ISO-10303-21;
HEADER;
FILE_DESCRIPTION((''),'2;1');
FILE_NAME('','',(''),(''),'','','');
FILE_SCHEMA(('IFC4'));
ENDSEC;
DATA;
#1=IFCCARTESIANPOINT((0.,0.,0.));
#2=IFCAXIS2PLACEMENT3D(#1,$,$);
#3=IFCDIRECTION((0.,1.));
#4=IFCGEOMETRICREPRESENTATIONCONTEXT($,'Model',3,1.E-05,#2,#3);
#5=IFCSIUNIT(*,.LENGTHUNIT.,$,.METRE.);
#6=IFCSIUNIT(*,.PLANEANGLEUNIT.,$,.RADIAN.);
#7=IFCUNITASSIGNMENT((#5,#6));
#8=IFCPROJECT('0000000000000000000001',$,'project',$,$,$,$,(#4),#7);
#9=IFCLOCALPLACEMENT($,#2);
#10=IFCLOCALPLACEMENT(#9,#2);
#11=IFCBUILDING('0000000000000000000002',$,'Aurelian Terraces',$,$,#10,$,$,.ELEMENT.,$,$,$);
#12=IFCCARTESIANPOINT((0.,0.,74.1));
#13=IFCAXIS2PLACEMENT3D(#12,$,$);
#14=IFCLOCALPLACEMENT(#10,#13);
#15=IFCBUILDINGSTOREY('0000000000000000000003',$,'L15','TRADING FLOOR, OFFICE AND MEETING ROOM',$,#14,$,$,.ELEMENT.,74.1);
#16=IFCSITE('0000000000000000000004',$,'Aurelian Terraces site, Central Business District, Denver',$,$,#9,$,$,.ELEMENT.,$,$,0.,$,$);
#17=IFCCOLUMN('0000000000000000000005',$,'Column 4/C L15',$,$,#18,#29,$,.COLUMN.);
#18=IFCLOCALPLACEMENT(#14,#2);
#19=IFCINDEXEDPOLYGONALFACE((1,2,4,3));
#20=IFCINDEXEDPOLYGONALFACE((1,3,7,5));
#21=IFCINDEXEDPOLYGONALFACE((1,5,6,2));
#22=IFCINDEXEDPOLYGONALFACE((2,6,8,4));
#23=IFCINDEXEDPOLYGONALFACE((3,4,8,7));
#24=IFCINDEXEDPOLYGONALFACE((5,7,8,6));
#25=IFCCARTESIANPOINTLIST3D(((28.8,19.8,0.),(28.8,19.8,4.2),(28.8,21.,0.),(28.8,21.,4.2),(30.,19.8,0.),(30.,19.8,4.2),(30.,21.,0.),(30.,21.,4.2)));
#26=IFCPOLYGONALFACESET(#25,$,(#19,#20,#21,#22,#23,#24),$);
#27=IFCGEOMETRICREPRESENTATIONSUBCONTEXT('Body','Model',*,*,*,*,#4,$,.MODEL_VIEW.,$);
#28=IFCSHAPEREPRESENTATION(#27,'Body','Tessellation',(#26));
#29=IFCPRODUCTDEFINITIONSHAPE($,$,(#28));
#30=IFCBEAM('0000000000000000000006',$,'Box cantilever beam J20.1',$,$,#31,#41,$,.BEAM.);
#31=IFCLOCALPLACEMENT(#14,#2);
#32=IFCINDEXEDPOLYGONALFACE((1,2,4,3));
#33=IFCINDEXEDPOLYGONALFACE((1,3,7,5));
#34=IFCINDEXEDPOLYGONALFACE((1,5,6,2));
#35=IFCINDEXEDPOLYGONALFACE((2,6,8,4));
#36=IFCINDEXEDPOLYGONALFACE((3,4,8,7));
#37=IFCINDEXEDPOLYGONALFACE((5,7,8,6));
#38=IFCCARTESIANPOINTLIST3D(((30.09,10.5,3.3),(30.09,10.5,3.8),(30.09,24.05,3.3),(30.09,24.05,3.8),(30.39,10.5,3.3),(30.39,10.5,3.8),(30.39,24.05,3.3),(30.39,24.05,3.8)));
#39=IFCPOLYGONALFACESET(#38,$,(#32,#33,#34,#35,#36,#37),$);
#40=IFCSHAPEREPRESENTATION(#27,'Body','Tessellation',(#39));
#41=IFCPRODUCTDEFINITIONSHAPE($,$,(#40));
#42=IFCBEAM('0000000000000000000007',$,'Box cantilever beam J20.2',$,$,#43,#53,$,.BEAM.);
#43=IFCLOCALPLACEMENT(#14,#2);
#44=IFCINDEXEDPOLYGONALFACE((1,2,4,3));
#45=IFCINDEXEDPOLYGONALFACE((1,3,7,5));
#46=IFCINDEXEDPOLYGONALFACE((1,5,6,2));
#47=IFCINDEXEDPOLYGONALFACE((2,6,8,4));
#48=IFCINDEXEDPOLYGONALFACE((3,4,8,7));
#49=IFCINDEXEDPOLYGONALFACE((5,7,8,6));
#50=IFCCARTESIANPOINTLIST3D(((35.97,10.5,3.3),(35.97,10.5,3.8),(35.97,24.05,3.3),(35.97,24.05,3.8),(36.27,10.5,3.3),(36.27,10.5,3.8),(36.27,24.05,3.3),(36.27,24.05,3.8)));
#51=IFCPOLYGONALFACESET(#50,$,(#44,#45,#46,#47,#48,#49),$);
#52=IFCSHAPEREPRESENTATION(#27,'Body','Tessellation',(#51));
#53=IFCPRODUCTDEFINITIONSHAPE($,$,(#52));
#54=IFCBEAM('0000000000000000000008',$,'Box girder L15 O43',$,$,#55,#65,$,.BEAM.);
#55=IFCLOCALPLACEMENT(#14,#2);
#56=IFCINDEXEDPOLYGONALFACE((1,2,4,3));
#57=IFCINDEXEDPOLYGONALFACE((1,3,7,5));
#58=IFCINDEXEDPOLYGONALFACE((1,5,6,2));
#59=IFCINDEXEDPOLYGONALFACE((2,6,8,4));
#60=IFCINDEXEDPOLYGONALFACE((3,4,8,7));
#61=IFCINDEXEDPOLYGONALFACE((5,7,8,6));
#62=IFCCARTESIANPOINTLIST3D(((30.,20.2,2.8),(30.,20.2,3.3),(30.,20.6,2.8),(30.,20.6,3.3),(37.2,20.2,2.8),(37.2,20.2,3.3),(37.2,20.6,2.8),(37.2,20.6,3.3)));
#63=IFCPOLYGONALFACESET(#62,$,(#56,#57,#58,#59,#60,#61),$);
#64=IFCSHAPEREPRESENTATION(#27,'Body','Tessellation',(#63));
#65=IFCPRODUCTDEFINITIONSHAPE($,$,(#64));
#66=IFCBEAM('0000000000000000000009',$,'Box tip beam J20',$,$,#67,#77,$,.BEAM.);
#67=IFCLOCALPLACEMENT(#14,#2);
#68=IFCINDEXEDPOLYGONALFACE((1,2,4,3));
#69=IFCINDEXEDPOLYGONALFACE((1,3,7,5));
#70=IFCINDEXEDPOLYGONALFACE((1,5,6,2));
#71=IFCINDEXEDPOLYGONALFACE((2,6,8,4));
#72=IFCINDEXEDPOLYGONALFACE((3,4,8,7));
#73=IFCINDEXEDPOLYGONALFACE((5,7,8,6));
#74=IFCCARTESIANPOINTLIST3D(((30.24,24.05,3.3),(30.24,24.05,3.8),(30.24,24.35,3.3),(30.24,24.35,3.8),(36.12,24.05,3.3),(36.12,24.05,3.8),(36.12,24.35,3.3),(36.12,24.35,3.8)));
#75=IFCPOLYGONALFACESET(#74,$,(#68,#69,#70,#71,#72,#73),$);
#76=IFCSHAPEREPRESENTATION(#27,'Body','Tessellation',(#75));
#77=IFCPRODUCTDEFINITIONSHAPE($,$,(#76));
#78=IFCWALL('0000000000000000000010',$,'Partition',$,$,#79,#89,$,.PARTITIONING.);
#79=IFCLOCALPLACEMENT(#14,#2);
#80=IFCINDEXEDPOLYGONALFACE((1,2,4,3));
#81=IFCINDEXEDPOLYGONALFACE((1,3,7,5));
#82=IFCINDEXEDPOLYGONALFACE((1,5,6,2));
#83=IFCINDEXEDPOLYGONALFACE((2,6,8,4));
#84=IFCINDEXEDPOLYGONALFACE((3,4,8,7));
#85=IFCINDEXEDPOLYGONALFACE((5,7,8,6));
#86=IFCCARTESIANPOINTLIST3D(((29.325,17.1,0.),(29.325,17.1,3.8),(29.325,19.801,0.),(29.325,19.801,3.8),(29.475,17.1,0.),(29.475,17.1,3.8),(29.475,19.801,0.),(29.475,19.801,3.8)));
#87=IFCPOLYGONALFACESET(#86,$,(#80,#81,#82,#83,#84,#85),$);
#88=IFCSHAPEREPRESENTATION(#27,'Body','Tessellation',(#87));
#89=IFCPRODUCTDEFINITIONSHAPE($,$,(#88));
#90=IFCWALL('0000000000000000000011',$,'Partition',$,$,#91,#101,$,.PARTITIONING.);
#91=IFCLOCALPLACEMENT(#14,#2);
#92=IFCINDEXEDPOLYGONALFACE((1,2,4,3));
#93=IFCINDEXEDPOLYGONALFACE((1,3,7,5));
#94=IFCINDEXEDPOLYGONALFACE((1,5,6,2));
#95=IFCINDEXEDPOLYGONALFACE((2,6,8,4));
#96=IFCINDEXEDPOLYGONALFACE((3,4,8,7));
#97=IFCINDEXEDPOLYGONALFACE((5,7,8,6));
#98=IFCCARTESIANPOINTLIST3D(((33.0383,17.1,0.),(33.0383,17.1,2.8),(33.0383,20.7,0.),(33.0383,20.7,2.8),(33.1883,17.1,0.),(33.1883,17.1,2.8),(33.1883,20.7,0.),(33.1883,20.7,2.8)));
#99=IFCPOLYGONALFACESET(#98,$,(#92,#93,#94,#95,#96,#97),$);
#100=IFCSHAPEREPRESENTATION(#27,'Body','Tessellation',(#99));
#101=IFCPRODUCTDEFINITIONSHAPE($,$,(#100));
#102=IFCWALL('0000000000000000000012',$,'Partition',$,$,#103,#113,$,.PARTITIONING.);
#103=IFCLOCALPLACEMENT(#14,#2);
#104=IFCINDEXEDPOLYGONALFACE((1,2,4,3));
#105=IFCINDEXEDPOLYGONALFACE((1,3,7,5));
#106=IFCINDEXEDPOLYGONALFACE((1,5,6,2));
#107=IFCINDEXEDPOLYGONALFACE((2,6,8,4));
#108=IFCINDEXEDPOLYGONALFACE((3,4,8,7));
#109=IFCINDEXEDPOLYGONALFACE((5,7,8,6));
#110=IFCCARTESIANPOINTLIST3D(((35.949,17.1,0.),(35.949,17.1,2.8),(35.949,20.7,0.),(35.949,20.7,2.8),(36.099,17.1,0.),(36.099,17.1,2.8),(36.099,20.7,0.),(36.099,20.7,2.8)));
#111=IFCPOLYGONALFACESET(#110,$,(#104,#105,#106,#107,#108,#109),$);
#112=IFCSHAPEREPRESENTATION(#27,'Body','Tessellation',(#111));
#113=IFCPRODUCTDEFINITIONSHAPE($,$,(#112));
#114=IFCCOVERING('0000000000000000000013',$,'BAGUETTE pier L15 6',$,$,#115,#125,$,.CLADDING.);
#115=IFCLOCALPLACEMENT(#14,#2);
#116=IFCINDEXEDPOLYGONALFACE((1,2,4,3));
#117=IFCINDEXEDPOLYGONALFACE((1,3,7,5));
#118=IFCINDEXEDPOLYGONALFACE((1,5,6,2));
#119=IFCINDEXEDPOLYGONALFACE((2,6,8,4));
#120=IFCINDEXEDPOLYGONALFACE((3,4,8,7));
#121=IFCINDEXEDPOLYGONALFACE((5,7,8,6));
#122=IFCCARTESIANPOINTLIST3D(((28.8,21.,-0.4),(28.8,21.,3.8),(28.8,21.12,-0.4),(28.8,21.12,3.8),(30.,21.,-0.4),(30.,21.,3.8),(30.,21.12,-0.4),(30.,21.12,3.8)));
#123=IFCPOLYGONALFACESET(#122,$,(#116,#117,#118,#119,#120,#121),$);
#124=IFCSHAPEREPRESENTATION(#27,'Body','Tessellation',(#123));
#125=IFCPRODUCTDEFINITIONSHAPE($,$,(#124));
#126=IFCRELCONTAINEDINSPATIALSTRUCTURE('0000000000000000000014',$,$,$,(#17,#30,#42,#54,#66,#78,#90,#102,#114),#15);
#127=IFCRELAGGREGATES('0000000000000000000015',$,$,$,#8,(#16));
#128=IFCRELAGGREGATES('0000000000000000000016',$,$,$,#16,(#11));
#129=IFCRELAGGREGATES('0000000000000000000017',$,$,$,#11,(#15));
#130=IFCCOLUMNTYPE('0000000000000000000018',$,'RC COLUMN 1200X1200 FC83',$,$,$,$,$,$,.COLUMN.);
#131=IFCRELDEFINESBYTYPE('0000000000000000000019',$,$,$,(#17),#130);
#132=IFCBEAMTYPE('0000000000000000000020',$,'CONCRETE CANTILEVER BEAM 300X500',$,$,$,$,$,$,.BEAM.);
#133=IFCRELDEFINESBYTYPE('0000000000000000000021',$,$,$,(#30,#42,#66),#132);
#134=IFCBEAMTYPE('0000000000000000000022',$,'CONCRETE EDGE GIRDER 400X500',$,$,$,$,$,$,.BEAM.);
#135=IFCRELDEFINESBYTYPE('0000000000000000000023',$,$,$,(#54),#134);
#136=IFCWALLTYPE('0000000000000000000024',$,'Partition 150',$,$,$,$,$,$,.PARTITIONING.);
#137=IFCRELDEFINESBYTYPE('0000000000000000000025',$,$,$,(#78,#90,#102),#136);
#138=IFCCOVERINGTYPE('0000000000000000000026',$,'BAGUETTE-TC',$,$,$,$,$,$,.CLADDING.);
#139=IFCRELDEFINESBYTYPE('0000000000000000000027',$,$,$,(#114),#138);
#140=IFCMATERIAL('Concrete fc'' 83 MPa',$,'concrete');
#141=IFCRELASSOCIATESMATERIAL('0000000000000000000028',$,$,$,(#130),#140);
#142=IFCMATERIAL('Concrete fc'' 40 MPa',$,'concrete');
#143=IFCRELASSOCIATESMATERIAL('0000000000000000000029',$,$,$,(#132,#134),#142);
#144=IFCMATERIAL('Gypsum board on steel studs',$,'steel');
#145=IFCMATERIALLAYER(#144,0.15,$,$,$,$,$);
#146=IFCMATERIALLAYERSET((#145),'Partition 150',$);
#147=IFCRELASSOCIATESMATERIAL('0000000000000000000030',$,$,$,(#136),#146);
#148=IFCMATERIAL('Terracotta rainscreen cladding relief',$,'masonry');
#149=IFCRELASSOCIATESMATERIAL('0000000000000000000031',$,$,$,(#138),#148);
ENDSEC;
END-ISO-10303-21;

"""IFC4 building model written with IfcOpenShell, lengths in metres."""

from ifc_helpers import new_model, si_unit, direction, frame, frame_2d, origin, origin_2d, place, context, subcontext, project, spatial, rectangle, extrude, source, transform, mapped, material, layer, layer_set, material_profile, profile_set, type_object, element, save


model = new_model("IFC4")

# Units and contexts
model_context = context("Model", 3, precision=1e-05, world=origin(), true_north=direction((0.0, 1.0)))
body_context = subcontext(model_context, "Body", "Model", "MODEL_VIEW")
ifc_project = project(units=[si_unit("LENGTHUNIT", "METRE"), si_unit("PLANEANGLEUNIT", "RADIAN")], contexts=[model_context])

# Site, building, storey
site_placement = place(None, origin())
site = spatial("IfcSite", under=ifc_project, at=site_placement, Name="Aurelian Terraces site, Central Business District, Denver", CompositionType="ELEMENT", RefElevation=0.0)
building_placement = place(site_placement, origin())
building = spatial("IfcBuilding", under=site, at=building_placement, Name="Aurelian Terraces", CompositionType="ELEMENT")
storey_placement = place(building_placement, frame((0.0, 0.0, 74.1)))
storey = spatial("IfcBuildingStorey", under=building, at=storey_placement, Name="L15", Description="TRADING FLOOR, OFFICE AND MEETING ROOM", CompositionType="ELEMENT", Elevation=74.1)

# Column
ifc_material_1 = material(Name="Concrete fc' 83 MPa", Category="concrete")
ifc_material_profile_1 = material_profile(ifc_material_1, rectangle(XDim=1.2, YDim=1.2, at=origin_2d()))
ifc_profile_set_1 = profile_set([ifc_material_profile_1], Name="Concrete fc' 83 MPa")
column_type = type_object("IfcColumnType", Name="RC COLUMN 1200X1200 FC83", PredefinedType="COLUMN", material=ifc_profile_set_1)
shared_shape_1 = source(origin(), body_context, "Body", "SweptSolid", [
    extrude(rectangle(XDim=1.2, YDim=1.2, at=origin_2d()), origin(), (0.0, 0.0, 1.0), 4.2),
])
column_placement = place(storey_placement, frame((29.4, 20.4, 0.0), z_axis=(0.0, 0.0, 1.0), x_axis=(1.0, 0.0, 0.0)))
element("IfcColumn", 1, at=column_placement, inside=storey, type_object=column_type, Name="Column 4/C L15", PredefinedType="COLUMN", context=body_context, shape_type="MappedRepresentation", body=[
    mapped(shared_shape_1, transform((0.0, 0.0, 0.0), scale=1.0)),
])

# Beams
ifc_material_2 = material(Name="Concrete fc' 40 MPa", Category="concrete")
ifc_material_profile_2 = material_profile(ifc_material_2, rectangle(XDim=0.3, YDim=0.5, at=origin_2d()))
ifc_profile_set_2 = profile_set([ifc_material_profile_2], Name="Concrete fc' 40 MPa")
beam_type_1 = type_object("IfcBeamType", Name="CONCRETE CANTILEVER BEAM 300X500", PredefinedType="BEAM", material=ifc_profile_set_2)
shared_shape_2 = source(origin(), body_context, "Body", "SweptSolid", [
    extrude(rectangle(XDim=0.3, YDim=0.5, at=origin_2d()), origin(), (0.0, 0.0, 1.0), 13.55),
])
for number, where, z_axis, x_axis, name in (
    (2, (30.24, 24.05, 3.55), (0.0, -1.0, 0.0), (1.0, 0.0, 0.0), "Box cantilever beam J20.1"),
    (3, (36.12, 24.05, 3.55), (0.0, -1.0, 0.0), (1.0, 0.0, 0.0), "Box cantilever beam J20.2"),
):
    element("IfcBeam", number, at=place(storey_placement, frame(where, z_axis=z_axis, x_axis=x_axis)), inside=storey, type_object=beam_type_1, Name=name, PredefinedType="BEAM", context=body_context, shape_type="MappedRepresentation", body=[
        mapped(shared_shape_2, transform((0.0, 0.0, 0.0), scale=1.0)),
    ])
ifc_material_profile_3 = material_profile(ifc_material_2, rectangle(XDim=0.4, YDim=0.5, at=origin_2d()))
ifc_profile_set_3 = profile_set([ifc_material_profile_3], Name="Concrete fc' 40 MPa")
beam_type_2 = type_object("IfcBeamType", Name="CONCRETE EDGE GIRDER 400X500", PredefinedType="BEAM", material=ifc_profile_set_3)
shared_shape_3 = source(origin(), body_context, "Body", "SweptSolid", [
    extrude(rectangle(XDim=0.4, YDim=0.5, at=origin_2d()), origin(), (0.0, 0.0, 1.0), 7.2),
])
beam_1_placement = place(storey_placement, frame((30.0, 20.4, 3.05), z_axis=(1.0, 0.0, 0.0), x_axis=(0.0, 1.0, 0.0)))
element("IfcBeam", 4, at=beam_1_placement, inside=storey, type_object=beam_type_2, Name="Box girder L15 O43", PredefinedType="BEAM", context=body_context, shape_type="MappedRepresentation", body=[
    mapped(shared_shape_3, transform((0.0, 0.0, 0.0), scale=1.0)),
])
shared_shape_4 = source(origin(), body_context, "Body", "SweptSolid", [
    extrude(rectangle(XDim=0.3, YDim=0.5, at=origin_2d()), origin(), (0.0, 0.0, 1.0), 5.88),
])
beam_2_placement = place(storey_placement, frame((30.24, 24.2, 3.55), z_axis=(1.0, 0.0, 0.0), x_axis=(0.0, 1.0, 0.0)))
element("IfcBeam", 5, at=beam_2_placement, inside=storey, type_object=beam_type_1, Name="Box tip beam J20", PredefinedType="BEAM", context=body_context, shape_type="MappedRepresentation", body=[
    mapped(shared_shape_4, transform((0.0, 0.0, 0.0), scale=1.0)),
])

# Walls
ifc_material_3 = material(Name="Gypsum board on steel studs", Category="steel")
ifc_layer_1 = layer(ifc_material_3, 0.15)
ifc_layer_set_1 = layer_set([ifc_layer_1], Name="Partition 150")
wall_type_1 = type_object("IfcWallType", Name="Partition 150", PredefinedType="PARTITIONING", material=ifc_layer_set_1)
shared_shape_5 = source(origin(), body_context, "Body", "SweptSolid", [
    extrude(rectangle(XDim=2.701, YDim=0.15, at=frame_2d((1.3505, 0.0))), origin(), (0.0, 0.0, 1.0), 3.8),
])
wall_1_placement = place(storey_placement, frame((29.4, 17.1, 0.0), z_axis=(0.0, 0.0, 1.0), x_axis=(0.0, 1.0, 0.0)))
element("IfcWall", 6, at=wall_1_placement, inside=storey, type_object=wall_type_1, Name="Partition", PredefinedType="PARTITIONING", context=body_context, shape_type="MappedRepresentation", body=[
    mapped(shared_shape_5, transform((0.0, 0.0, 0.0), scale=1.0)),
])
shared_shape_6 = source(origin(), body_context, "Body", "SweptSolid", [
    extrude(rectangle(XDim=3.6, YDim=0.15, at=frame_2d((1.8, 0.0))), origin(), (0.0, 0.0, 1.0), 2.8),
])
for number, where, z_axis, x_axis, name in (
    (7, (33.1133, 20.7, 0.0), (0.0, 0.0, 1.0), (0.0, -1.0, 0.0), "Partition"),
    (8, (36.024, 20.7, 0.0), (0.0, 0.0, 1.0), (0.0, -1.0, 0.0), "Partition"),
):
    element("IfcWall", number, at=place(storey_placement, frame(where, z_axis=z_axis, x_axis=x_axis)), inside=storey, type_object=wall_type_1, Name=name, PredefinedType="PARTITIONING", context=body_context, shape_type="MappedRepresentation", body=[
        mapped(shared_shape_6, transform((0.0, 0.0, 0.0), scale=1.0)),
    ])

# Covering
ifc_material_4 = material(Name="Terracotta rainscreen cladding relief", Category="masonry")
covering_type = type_object("IfcCoveringType", Name="BAGUETTE-TC", PredefinedType="CLADDING", material=ifc_material_4)
shared_shape_7 = source(origin(), body_context, "Body", "SweptSolid", [
    extrude(rectangle(XDim=1.2, YDim=0.12, at=origin_2d()), origin(), (0.0, 0.0, 1.0), 4.2),
])
covering_placement = place(storey_placement, frame((29.4, 21.06, -0.4), z_axis=(0.0, 0.0, 1.0), x_axis=(1.0, 0.0, 0.0)))
element("IfcCovering", 9, at=covering_placement, inside=storey, type_object=covering_type, Name="BAGUETTE pier L15 6", PredefinedType="CLADDING", context=body_context, shape_type="MappedRepresentation", body=[
    mapped(shared_shape_7, transform((0.0, 0.0, 0.0), scale=1.0)),
])

save(model, "model.ifc")
